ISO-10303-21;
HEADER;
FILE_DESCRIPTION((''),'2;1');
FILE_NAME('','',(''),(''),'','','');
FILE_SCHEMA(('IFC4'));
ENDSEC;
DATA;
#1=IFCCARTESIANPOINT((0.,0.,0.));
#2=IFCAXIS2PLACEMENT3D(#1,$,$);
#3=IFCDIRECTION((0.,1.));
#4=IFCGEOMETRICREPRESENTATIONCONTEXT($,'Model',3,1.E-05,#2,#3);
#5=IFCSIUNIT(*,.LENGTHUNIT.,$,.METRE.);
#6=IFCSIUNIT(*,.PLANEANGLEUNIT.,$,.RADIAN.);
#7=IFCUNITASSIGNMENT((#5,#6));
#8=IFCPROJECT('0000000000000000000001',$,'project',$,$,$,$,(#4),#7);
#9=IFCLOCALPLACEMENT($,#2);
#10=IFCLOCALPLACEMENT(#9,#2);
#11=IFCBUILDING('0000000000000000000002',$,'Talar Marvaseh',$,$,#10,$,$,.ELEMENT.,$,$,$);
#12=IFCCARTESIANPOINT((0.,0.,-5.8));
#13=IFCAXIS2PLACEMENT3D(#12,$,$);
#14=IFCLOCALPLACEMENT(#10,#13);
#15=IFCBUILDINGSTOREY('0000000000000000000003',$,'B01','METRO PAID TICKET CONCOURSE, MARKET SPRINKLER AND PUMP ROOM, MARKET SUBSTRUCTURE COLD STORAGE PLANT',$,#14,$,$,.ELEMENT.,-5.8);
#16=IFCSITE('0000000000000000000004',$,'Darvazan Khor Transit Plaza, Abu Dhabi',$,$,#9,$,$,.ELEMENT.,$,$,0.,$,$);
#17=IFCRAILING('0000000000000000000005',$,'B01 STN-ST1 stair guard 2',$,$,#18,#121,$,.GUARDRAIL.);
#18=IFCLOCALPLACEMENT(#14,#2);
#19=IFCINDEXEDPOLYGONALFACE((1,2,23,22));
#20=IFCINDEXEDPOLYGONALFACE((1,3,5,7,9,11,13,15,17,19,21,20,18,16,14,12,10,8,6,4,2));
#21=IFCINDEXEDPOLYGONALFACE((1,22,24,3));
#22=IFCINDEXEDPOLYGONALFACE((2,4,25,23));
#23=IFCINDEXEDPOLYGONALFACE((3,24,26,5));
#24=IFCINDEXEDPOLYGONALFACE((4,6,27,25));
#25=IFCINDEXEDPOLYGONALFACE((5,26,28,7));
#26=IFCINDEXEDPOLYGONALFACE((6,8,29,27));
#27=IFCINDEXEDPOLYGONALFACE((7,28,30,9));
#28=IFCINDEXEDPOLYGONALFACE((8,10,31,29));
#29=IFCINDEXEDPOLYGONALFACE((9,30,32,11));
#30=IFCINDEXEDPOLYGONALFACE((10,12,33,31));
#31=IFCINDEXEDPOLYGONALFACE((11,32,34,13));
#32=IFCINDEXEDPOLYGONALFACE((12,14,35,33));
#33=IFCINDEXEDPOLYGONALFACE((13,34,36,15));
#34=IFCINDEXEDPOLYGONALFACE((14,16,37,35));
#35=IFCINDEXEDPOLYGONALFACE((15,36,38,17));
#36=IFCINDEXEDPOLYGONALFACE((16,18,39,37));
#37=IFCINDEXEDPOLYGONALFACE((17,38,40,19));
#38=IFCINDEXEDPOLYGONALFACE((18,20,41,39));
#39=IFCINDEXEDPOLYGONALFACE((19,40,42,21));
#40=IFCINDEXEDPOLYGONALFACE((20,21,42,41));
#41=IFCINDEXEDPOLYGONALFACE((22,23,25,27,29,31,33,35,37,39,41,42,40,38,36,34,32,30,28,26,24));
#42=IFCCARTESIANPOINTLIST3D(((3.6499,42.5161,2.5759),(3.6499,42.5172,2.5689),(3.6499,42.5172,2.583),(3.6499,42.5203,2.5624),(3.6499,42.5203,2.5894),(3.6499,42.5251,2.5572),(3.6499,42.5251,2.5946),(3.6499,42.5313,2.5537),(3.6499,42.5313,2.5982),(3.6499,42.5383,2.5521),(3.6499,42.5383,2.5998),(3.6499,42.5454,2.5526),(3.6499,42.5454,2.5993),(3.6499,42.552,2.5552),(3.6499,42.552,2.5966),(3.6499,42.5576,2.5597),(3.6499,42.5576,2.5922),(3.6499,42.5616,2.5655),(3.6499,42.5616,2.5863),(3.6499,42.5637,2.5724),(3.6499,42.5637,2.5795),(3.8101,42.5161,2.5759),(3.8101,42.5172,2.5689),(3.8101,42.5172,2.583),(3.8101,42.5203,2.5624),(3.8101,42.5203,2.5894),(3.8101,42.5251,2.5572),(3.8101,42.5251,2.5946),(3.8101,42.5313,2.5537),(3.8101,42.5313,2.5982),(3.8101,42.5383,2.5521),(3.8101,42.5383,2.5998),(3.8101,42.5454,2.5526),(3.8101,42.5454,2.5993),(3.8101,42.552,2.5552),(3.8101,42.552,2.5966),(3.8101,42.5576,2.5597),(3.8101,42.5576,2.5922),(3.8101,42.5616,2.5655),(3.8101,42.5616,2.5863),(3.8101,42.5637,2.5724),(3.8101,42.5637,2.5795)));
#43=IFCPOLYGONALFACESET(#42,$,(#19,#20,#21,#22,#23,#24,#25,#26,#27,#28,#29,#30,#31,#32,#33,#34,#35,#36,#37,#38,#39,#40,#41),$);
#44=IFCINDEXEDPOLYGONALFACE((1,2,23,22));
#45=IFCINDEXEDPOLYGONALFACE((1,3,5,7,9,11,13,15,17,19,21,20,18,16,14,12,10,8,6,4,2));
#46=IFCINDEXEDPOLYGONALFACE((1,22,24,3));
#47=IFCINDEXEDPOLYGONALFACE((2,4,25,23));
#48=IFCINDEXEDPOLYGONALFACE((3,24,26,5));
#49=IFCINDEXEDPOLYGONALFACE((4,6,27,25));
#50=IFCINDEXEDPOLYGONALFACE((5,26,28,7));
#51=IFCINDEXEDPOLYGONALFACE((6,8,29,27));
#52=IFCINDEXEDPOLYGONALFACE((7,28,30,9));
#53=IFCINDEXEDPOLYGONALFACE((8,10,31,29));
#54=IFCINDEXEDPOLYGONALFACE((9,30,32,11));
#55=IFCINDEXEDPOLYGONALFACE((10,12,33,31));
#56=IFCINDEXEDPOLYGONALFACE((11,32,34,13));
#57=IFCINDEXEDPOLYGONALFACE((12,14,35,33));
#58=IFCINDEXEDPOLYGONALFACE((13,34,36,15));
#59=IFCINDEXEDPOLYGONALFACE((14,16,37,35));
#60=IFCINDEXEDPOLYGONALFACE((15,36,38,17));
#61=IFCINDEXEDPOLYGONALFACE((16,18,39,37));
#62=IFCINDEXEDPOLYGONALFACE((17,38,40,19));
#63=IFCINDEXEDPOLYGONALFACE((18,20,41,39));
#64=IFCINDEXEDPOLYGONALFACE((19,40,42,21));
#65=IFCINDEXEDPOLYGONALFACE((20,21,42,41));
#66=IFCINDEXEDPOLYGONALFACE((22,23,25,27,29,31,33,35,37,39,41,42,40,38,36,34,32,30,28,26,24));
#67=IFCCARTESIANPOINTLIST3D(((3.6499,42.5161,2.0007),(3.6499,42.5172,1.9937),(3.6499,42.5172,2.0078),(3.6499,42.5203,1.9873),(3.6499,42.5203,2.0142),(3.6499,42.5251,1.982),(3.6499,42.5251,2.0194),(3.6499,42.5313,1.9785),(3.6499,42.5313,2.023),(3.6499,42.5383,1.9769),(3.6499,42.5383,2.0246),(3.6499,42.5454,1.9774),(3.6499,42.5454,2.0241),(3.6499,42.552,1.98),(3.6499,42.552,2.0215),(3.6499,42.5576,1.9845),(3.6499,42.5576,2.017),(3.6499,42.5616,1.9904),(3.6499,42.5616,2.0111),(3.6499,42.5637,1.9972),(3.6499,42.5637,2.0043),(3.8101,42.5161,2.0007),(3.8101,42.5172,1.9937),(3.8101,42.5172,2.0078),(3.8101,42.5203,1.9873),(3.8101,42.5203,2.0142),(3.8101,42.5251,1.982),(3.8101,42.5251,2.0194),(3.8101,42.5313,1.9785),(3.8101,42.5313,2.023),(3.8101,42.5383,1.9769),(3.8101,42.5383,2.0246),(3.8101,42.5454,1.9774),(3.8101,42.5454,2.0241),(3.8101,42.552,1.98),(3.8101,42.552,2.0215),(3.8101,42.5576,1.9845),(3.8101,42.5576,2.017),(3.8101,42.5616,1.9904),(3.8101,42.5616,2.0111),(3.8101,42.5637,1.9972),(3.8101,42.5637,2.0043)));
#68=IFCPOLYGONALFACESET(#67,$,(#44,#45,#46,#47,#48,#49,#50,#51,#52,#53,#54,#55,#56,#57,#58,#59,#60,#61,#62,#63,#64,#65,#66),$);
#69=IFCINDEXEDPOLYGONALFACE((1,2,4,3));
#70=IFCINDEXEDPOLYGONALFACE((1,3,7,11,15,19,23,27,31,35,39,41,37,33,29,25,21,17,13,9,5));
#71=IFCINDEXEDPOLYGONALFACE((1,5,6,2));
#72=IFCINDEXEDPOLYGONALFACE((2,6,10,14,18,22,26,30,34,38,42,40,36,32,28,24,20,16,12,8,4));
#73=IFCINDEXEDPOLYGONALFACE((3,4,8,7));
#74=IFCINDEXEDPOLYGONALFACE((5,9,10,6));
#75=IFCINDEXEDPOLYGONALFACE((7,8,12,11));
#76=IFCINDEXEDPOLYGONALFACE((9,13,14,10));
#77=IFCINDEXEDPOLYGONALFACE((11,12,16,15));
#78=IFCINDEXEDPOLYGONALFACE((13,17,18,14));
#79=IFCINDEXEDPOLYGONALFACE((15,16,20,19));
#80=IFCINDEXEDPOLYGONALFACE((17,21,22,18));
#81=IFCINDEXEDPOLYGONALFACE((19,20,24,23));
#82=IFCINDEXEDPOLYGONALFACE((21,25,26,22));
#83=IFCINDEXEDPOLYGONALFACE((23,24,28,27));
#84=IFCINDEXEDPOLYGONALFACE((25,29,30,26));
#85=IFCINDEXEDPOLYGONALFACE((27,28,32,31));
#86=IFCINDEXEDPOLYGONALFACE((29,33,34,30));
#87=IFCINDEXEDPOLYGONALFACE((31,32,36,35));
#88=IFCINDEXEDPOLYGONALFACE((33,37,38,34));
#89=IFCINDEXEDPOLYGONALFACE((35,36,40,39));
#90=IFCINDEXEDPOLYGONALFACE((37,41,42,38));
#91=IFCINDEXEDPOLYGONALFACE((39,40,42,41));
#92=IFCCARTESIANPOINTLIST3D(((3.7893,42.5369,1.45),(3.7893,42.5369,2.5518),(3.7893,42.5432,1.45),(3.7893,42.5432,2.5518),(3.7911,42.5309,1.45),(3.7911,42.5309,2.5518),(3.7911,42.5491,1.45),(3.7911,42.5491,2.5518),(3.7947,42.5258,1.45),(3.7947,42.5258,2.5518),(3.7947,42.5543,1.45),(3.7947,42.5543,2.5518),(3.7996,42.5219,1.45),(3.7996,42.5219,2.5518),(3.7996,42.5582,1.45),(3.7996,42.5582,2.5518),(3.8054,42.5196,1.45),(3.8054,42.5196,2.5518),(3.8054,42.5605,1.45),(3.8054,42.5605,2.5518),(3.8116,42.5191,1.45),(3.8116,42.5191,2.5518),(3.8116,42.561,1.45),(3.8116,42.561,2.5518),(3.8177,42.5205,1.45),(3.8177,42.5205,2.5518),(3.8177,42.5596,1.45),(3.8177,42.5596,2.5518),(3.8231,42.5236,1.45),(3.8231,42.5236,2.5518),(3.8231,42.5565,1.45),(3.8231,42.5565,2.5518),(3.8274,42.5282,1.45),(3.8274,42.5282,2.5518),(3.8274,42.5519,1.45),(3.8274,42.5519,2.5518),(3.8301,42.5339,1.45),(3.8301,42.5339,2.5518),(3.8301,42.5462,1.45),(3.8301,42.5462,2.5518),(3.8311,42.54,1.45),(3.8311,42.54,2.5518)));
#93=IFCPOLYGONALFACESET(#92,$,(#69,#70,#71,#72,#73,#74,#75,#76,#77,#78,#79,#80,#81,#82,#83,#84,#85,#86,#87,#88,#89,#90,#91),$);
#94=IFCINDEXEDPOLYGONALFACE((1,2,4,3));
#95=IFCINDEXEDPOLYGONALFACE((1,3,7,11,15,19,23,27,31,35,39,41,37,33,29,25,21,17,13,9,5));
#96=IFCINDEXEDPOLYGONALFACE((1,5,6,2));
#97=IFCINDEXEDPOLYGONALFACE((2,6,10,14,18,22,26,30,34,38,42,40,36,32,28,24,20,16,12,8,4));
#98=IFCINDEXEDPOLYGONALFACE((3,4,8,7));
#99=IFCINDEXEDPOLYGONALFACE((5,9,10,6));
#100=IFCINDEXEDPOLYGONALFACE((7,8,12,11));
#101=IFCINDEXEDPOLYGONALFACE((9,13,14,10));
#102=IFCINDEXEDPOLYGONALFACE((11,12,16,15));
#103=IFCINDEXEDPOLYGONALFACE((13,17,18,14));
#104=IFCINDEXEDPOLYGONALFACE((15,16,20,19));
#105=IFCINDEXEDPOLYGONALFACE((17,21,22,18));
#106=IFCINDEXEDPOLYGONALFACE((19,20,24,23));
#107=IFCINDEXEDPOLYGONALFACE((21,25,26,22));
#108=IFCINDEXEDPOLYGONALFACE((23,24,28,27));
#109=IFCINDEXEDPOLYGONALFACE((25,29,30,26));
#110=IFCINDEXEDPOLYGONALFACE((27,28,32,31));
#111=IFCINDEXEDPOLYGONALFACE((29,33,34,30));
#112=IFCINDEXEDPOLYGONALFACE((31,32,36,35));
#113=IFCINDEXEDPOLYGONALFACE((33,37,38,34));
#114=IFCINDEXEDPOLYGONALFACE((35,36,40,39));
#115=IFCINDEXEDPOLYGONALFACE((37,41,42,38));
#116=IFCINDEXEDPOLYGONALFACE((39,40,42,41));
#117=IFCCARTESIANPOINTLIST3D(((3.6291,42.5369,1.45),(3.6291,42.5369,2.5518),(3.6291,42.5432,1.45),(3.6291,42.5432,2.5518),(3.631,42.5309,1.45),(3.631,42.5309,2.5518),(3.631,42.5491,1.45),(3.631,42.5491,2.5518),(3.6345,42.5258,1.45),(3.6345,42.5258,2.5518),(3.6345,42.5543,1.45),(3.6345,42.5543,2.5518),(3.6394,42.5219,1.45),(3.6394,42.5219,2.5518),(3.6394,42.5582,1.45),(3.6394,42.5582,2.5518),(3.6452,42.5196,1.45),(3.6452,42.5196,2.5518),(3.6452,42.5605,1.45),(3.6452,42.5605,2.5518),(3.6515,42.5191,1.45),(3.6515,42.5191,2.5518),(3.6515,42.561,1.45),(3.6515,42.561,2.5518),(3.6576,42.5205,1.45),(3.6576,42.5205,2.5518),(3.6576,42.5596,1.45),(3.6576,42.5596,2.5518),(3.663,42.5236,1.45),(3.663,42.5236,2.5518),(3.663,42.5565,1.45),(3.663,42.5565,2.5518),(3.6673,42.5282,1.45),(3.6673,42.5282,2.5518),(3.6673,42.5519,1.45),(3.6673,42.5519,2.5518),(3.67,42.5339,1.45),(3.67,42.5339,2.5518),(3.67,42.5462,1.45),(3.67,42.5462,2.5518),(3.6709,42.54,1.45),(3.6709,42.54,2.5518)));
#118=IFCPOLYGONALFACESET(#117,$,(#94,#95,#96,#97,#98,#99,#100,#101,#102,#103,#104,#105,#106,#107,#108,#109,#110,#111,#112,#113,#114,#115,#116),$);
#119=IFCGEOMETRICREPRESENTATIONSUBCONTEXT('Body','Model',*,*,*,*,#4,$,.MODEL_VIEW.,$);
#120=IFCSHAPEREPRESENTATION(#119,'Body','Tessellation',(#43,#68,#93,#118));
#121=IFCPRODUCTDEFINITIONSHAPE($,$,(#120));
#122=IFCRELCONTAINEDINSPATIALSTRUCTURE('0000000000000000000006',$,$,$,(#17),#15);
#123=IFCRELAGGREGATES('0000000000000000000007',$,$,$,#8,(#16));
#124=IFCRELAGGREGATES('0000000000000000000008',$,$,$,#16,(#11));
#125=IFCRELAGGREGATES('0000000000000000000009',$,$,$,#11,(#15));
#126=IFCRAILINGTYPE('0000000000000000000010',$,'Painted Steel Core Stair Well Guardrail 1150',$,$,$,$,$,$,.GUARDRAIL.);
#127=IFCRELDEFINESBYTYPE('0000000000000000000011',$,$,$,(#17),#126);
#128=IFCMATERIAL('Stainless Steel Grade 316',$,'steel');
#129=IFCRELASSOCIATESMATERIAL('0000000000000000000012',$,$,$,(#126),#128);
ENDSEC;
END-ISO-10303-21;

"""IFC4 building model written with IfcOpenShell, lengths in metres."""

from ifc_helpers import new_model, si_unit, direction, frame, origin, origin_2d, place, context, subcontext, project, spatial, circle, extrude, material, type_object, element, save


model = new_model("IFC4")

# Units and contexts
model_context = context("Model", 3, precision=1e-05, world=origin(), true_north=direction((0.0, 1.0)))
body_context = subcontext(model_context, "Body", "Model", "MODEL_VIEW")
ifc_project = project(units=[si_unit("LENGTHUNIT", "METRE"), si_unit("PLANEANGLEUNIT", "RADIAN")], contexts=[model_context])

# Site, building, storey
site_placement = place(None, origin())
site = spatial("IfcSite", under=ifc_project, at=site_placement, Name="Darvazan Khor Transit Plaza, Abu Dhabi", CompositionType="ELEMENT", RefElevation=0.0)
building_placement = place(site_placement, origin())
building = spatial("IfcBuilding", under=site, at=building_placement, Name="Talar Marvaseh", CompositionType="ELEMENT")
storey_placement = place(building_placement, frame((0.0, 0.0, -5.8)))
storey = spatial("IfcBuildingStorey", under=building, at=storey_placement, Name="B01", Description="METRO PAID TICKET CONCOURSE, MARKET SPRINKLER AND PUMP ROOM, MARKET SUBSTRUCTURE COLD STORAGE PLANT", CompositionType="ELEMENT", Elevation=-5.8)

# Railing
ifc_material_1 = material(Name="Stainless Steel Grade 316", Category="steel")
railing_type_1 = type_object("IfcRailingType", Name="Painted Steel Core Stair Well Guardrail 1150", PredefinedType="GUARDRAIL", material=ifc_material_1)
railing_1_placement = place(storey_placement, frame((3.8101, 42.54, 1.45)))
element("IfcRailing", 1, at=railing_1_placement, inside=storey, type_object=railing_type_1, Name="B01 STN-ST1 stair guard 2", PredefinedType="GUARDRAIL", context=body_context, shape_type="SweptSolid", body=[
    extrude(circle(Radius=0.0239, at=origin_2d()), frame((0.0, 0.0, 1.126), z_axis=(-1.0, 0.0, 0.0), x_axis=(0.0, -1.0, 0.0)), (0.0, 0.0, 1.0), 0.1602),
    extrude(circle(Radius=0.0239, at=origin_2d()), frame((0.0, 0.0, 0.5508), z_axis=(-1.0, 0.0, 0.0), x_axis=(0.0, -1.0, 0.0)), (0.0, 0.0, 1.0), 0.1602),
    extrude(circle(Radius=0.021, at=origin_2d()), origin(), (0.0, 0.0, 1.0), 1.1018),
    extrude(circle(Radius=0.021, at=origin_2d()), frame((-0.1602, 0.0, 0.0)), (0.0, 0.0, 1.0), 1.1018),
])

save(model, "model.ifc")
